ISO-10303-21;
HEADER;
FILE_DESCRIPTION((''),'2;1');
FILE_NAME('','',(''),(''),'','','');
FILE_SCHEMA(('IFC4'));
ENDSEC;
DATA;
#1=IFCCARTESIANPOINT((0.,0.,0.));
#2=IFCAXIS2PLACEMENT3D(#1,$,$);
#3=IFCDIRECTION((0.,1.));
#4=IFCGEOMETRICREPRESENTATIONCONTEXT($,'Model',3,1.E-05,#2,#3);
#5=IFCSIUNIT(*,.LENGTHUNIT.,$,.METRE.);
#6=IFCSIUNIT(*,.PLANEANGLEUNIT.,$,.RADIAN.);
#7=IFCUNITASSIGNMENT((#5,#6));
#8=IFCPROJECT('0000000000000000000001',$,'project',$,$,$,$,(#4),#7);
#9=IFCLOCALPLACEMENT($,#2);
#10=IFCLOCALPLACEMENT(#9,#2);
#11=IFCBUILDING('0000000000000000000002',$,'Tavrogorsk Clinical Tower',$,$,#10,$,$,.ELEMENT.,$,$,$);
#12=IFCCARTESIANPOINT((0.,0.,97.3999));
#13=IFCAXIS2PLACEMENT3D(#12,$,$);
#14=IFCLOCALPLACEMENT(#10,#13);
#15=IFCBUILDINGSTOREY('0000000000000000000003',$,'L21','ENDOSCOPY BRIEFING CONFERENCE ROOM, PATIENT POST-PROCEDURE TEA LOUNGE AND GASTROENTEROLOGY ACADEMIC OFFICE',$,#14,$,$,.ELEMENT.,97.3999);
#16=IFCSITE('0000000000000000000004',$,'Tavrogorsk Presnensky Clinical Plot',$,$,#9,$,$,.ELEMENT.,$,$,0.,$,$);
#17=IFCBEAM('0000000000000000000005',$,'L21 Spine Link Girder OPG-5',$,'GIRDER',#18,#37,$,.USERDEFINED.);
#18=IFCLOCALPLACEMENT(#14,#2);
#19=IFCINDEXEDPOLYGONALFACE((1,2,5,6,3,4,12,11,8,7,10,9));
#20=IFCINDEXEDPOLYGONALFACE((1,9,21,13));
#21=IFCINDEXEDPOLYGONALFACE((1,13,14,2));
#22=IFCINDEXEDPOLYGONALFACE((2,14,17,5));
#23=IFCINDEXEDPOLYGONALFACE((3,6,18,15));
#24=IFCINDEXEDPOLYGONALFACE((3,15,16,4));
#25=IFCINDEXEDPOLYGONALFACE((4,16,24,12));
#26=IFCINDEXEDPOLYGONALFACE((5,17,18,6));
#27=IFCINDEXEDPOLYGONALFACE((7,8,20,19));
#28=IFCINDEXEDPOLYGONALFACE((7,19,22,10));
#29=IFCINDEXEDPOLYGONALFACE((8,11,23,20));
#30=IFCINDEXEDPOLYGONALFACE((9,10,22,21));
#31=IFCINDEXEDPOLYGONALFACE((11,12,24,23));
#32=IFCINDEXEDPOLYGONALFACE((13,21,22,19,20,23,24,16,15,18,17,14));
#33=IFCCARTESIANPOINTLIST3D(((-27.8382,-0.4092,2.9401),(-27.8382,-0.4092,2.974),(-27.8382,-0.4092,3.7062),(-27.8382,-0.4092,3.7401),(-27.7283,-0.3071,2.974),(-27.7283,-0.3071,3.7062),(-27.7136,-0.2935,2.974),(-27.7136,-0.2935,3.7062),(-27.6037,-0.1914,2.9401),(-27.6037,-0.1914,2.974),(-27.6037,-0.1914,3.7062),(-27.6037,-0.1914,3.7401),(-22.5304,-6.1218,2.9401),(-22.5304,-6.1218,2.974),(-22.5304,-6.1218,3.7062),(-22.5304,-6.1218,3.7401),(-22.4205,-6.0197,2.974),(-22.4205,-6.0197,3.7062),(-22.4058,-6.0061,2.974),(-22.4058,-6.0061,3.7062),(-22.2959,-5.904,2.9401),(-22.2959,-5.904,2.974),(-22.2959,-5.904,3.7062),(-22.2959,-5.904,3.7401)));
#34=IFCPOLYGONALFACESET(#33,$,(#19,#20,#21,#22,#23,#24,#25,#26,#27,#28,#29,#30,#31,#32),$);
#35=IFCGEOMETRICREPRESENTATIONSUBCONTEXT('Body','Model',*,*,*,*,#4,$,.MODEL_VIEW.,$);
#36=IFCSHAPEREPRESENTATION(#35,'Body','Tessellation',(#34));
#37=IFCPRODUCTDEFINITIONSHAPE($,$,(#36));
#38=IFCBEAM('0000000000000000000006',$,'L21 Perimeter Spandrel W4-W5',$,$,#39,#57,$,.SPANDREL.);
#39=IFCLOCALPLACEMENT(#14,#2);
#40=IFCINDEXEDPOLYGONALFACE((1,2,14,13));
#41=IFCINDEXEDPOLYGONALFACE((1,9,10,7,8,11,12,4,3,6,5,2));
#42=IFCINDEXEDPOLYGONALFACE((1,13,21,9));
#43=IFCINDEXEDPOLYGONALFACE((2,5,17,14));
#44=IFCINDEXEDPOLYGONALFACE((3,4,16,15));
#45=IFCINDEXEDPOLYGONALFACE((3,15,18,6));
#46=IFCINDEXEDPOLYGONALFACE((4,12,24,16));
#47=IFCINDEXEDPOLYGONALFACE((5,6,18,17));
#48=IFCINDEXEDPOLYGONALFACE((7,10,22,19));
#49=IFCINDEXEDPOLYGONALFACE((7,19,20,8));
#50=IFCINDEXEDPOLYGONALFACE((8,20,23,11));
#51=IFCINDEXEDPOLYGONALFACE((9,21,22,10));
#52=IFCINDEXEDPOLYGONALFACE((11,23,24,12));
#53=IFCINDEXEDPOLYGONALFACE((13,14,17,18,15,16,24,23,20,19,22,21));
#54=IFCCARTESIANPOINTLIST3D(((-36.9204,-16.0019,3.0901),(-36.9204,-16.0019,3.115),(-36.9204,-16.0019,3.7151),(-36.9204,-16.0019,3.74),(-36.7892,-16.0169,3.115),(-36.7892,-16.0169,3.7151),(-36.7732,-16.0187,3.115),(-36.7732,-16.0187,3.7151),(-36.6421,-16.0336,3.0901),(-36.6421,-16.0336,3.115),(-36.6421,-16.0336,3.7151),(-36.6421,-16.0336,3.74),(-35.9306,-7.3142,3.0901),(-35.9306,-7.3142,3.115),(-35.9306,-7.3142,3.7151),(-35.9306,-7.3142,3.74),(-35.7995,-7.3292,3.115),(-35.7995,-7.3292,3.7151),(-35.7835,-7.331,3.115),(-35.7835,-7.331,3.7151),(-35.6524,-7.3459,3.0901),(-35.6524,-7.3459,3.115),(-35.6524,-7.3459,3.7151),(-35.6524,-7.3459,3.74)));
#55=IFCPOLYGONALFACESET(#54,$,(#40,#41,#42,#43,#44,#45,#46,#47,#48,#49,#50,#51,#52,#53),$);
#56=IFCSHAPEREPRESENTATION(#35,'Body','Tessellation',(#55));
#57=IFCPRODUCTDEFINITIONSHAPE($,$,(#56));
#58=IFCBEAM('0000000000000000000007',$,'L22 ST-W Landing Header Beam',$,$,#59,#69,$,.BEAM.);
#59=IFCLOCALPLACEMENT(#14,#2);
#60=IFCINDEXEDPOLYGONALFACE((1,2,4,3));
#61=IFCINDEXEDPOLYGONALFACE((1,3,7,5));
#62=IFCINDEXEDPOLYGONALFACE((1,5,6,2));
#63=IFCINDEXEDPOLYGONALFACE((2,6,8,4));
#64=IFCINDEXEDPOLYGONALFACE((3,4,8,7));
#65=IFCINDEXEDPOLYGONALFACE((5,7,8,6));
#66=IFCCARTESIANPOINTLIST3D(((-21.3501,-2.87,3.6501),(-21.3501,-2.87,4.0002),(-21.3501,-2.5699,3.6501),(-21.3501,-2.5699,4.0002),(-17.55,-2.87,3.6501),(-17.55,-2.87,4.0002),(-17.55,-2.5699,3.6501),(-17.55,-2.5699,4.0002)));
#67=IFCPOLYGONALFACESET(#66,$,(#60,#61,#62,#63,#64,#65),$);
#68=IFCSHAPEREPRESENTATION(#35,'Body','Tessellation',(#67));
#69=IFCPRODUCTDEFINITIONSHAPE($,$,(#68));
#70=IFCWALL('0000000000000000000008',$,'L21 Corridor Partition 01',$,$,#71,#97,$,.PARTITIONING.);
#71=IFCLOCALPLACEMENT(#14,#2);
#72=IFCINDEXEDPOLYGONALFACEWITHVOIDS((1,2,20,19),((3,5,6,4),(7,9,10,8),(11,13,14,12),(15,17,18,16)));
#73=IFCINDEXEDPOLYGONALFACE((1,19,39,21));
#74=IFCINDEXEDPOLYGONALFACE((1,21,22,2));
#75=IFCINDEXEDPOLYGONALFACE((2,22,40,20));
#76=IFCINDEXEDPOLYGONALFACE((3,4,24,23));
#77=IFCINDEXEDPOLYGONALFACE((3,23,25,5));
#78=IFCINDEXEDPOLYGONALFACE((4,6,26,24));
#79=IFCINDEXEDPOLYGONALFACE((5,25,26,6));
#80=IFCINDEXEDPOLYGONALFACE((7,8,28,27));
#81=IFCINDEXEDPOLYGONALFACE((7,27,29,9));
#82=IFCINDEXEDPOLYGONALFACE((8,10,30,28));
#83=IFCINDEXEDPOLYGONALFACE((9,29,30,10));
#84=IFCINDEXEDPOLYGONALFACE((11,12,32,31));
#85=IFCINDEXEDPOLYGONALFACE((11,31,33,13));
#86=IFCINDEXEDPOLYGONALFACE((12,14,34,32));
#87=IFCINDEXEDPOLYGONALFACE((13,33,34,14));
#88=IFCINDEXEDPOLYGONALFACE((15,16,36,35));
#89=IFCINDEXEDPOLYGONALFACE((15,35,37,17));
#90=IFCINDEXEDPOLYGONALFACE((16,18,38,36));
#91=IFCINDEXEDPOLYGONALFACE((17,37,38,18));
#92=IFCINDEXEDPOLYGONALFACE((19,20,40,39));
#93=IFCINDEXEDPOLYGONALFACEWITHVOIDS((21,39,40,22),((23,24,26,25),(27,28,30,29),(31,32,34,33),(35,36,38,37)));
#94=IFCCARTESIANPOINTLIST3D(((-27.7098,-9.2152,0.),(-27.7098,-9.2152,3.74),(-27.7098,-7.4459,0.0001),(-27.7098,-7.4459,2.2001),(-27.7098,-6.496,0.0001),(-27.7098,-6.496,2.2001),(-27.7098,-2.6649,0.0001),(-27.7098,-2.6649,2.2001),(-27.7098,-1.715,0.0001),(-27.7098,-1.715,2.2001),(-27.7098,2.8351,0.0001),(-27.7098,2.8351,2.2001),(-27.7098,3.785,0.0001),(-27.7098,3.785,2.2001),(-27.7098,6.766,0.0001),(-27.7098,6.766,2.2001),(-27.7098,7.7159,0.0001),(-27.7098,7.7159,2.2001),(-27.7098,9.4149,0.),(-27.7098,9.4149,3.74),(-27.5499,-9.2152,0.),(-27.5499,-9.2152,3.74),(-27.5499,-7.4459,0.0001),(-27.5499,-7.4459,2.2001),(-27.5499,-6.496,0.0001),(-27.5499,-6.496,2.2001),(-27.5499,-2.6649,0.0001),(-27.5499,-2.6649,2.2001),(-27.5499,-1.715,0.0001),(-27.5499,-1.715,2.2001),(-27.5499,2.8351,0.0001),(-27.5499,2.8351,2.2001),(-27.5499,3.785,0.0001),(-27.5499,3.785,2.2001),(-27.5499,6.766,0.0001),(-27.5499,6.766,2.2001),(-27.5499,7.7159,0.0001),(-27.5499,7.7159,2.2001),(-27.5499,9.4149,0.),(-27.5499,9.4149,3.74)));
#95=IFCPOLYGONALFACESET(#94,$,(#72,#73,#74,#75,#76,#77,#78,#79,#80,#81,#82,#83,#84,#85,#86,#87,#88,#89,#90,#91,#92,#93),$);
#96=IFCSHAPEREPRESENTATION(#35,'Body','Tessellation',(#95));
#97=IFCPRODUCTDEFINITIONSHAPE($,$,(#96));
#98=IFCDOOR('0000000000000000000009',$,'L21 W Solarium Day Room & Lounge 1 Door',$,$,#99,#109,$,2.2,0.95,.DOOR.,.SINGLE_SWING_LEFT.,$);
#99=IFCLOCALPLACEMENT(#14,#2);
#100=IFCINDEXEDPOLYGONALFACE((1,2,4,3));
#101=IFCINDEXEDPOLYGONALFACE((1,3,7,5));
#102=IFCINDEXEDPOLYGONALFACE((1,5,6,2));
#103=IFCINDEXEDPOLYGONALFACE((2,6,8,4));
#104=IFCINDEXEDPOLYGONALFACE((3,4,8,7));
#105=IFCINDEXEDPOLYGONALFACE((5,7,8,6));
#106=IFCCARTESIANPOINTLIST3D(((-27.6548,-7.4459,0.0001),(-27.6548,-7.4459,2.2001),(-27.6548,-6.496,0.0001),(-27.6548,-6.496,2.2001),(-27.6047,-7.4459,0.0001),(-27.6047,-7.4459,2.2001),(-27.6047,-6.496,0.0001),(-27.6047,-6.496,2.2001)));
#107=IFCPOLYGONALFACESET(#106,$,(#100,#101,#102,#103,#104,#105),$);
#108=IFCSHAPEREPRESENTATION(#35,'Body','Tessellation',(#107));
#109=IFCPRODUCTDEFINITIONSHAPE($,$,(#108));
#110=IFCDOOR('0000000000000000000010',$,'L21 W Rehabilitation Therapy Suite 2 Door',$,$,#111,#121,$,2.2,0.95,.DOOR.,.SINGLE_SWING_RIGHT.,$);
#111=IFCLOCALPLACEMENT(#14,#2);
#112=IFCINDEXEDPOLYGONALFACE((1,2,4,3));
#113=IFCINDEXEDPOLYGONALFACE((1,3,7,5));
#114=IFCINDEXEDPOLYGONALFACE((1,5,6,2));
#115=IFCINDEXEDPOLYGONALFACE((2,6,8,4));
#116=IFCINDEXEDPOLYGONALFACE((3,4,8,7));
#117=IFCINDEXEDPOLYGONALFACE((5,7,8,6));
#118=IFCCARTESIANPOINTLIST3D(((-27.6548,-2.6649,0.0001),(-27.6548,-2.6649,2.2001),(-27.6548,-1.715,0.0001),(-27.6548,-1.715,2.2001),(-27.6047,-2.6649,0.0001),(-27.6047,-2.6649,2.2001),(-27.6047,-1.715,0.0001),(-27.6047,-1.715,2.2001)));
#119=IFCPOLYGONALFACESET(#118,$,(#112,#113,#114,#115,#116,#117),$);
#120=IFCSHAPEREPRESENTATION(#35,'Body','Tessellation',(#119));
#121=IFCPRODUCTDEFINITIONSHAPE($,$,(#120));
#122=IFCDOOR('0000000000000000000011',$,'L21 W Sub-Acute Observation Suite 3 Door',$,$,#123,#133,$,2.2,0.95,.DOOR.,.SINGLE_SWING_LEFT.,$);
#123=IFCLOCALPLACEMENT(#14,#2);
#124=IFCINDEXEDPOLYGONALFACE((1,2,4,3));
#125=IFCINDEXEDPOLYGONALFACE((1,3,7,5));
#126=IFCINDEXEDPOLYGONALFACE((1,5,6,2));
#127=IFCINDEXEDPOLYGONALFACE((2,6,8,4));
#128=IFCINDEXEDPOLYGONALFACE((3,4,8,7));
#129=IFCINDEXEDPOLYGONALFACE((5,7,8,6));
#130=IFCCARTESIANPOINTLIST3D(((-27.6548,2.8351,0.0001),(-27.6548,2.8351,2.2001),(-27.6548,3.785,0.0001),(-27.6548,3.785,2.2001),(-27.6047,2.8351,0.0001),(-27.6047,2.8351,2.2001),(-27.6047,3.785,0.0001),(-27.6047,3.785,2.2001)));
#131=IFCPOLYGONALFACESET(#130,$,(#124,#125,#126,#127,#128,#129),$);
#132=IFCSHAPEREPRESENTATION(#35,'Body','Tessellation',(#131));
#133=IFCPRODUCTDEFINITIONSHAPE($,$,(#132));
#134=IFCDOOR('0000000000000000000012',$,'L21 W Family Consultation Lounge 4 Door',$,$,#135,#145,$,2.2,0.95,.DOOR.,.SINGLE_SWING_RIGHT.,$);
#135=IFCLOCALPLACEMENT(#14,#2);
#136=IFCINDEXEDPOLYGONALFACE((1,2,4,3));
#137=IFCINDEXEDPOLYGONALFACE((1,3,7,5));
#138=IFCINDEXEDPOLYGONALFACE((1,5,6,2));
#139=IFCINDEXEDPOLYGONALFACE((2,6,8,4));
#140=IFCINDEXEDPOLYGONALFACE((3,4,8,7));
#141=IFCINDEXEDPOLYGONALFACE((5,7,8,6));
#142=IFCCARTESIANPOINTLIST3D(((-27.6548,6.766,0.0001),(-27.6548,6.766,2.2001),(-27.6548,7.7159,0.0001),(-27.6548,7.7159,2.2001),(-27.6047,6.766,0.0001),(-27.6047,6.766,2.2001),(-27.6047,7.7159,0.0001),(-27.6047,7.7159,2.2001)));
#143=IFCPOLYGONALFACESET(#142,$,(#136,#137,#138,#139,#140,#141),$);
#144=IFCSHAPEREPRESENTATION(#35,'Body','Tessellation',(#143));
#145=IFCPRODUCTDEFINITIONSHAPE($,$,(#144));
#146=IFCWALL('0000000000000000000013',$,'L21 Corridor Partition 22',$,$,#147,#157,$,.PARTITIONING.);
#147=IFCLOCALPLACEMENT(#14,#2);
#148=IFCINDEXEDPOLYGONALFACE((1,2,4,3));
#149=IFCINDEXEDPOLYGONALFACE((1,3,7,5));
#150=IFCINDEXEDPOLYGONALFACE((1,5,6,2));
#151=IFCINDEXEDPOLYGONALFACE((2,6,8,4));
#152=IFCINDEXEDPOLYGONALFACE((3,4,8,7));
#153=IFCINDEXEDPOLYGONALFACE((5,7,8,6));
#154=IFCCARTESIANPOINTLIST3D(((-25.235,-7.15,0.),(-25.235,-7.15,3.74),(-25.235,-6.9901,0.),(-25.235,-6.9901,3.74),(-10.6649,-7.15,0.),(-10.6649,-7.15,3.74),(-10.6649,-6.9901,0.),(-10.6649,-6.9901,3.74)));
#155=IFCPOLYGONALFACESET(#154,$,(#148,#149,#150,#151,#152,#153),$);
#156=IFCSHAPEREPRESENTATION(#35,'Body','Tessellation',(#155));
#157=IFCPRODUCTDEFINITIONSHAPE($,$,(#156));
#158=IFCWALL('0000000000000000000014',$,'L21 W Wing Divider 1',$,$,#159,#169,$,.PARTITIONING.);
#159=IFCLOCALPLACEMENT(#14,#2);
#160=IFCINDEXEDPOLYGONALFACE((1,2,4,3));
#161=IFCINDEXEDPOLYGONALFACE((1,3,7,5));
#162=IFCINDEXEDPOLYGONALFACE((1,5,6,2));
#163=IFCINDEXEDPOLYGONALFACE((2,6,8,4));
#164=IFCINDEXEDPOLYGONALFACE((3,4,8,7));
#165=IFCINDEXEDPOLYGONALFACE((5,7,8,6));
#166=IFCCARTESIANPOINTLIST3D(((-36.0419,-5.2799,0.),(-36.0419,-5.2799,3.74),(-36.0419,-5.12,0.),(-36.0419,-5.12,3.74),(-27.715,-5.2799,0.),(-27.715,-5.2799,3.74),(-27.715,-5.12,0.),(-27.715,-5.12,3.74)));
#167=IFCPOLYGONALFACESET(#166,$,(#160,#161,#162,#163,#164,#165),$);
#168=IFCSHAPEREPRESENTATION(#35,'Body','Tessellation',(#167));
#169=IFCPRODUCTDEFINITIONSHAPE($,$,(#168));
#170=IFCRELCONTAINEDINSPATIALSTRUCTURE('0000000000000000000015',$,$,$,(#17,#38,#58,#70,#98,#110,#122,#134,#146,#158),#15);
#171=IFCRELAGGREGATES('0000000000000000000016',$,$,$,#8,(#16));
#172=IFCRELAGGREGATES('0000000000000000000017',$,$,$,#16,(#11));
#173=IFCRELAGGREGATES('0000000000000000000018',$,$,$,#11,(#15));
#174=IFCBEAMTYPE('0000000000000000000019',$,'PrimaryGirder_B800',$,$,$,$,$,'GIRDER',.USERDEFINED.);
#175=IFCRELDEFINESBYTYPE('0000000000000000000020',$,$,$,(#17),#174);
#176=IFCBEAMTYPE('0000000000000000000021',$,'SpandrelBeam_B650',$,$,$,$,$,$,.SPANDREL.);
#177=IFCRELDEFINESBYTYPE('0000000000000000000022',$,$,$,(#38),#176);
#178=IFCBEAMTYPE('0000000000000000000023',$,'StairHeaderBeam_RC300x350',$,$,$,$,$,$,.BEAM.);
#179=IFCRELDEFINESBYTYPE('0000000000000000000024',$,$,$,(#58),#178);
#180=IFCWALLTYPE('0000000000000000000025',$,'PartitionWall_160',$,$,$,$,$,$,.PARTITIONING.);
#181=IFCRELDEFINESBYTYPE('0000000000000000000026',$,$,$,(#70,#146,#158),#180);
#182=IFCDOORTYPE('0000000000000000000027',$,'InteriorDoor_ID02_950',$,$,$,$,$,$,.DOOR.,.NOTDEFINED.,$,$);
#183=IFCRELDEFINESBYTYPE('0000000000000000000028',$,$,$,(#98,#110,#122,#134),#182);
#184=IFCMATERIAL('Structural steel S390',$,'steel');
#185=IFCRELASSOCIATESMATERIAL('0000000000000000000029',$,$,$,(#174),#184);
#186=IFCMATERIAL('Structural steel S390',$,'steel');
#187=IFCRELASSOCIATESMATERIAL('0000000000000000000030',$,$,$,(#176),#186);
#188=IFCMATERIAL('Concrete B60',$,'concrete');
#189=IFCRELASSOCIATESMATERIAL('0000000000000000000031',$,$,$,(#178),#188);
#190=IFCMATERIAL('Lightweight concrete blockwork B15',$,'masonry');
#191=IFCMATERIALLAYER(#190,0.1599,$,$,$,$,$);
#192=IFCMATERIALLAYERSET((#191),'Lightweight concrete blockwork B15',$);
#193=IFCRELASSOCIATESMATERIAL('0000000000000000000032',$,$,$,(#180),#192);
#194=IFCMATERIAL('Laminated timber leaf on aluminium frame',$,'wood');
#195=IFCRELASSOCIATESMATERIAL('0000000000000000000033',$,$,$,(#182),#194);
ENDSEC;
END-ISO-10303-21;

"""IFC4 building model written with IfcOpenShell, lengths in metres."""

from ifc_helpers import new_model, si_unit, direction, frame, frame_2d, origin, origin_2d, place, context, subcontext, project, spatial, rectangle, i_section, extrude, material, layer, layer_set, material_profile, profile_set, type_object, element, fill, save


model = new_model("IFC4")

# Units and contexts
model_context = context("Model", 3, precision=1e-05, world=origin(), true_north=direction((0.0, 1.0)))
body_context = subcontext(model_context, "Body", "Model", "MODEL_VIEW")
ifc_project = project(units=[si_unit("LENGTHUNIT", "METRE"), si_unit("PLANEANGLEUNIT", "RADIAN")], contexts=[model_context])

# Site, building, storey
site_placement = place(None, origin())
site = spatial("IfcSite", under=ifc_project, at=site_placement, Name="Tavrogorsk Presnensky Clinical Plot", CompositionType="ELEMENT", RefElevation=0.0)
building_placement = place(site_placement, origin())
building = spatial("IfcBuilding", under=site, at=building_placement, Name="Tavrogorsk Clinical Tower", CompositionType="ELEMENT")
storey_placement = place(building_placement, frame((0.0, 0.0, 97.3999)))
storey = spatial("IfcBuildingStorey", under=building, at=storey_placement, Name="L21", Description="ENDOSCOPY BRIEFING CONFERENCE ROOM, PATIENT POST-PROCEDURE TEA LOUNGE AND GASTROENTEROLOGY ACADEMIC OFFICE", CompositionType="ELEMENT", Elevation=97.3999)

# Beams
ifc_material_1 = material(Name="Structural steel S390", Category="steel")
ifc_material_profile_1 = material_profile(ifc_material_1, i_section(OverallWidth=0.3201, OverallDepth=0.8, WebThickness=0.02, FlangeThickness=0.0339, at=origin_2d()), Name="B-800x320x20x34")
ifc_profile_set_1 = profile_set([ifc_material_profile_1], Name="Structural steel S390")
beam_type_1 = type_object("IfcBeamType", Name="PrimaryGirder_B800", ElementType="GIRDER", PredefinedType="USERDEFINED", material=ifc_profile_set_1)
beam_1_placement = place(storey_placement, frame((-27.7209, -0.3003, 3.3401), z_axis=(0.680676, -0.732585, 0.0), x_axis=(0.732585, 0.680676, 0.0)))
element("IfcBeam", 1, at=beam_1_placement, inside=storey, type_object=beam_type_1, Name="L21 Spine Link Girder OPG-5", ObjectType="GIRDER", PredefinedType="USERDEFINED", context=body_context, shape_type="SweptSolid", body=[
    extrude(i_section(OverallWidth=0.3201, OverallDepth=0.8, WebThickness=0.02, FlangeThickness=0.0339, at=origin_2d()), origin(), (0.0, 0.0, 1.0), 7.7979),
])
ifc_material_2 = material(Name="Structural steel S390", Category="steel")
ifc_material_profile_2 = material_profile(ifc_material_2, i_section(OverallWidth=0.28, OverallDepth=0.6499, WebThickness=0.0161, FlangeThickness=0.0249, at=origin_2d()), Name="B-650x280x16x25")
ifc_profile_set_2 = profile_set([ifc_material_profile_2], Name="Structural steel S390")
beam_type_2 = type_object("IfcBeamType", Name="SpandrelBeam_B650", PredefinedType="SPANDREL", material=ifc_profile_set_2)
beam_2_placement = place(storey_placement, frame((-35.7915, -7.3301, 3.415), z_axis=(-0.113192, -0.993573, 0.0), x_axis=(0.993573, -0.113192, 0.0)))
element("IfcBeam", 2, at=beam_2_placement, inside=storey, type_object=beam_type_2, Name="L21 Perimeter Spandrel W4-W5", PredefinedType="SPANDREL", context=body_context, shape_type="SweptSolid", body=[
    extrude(i_section(OverallWidth=0.28, OverallDepth=0.6499, WebThickness=0.0161, FlangeThickness=0.0249, at=origin_2d()), origin(), (0.0, 0.0, 1.0), 8.7439),
])
ifc_material_3 = material(Name="Concrete B60", Category="concrete")
ifc_material_profile_3 = material_profile(ifc_material_3, rectangle(XDim=0.3, YDim=0.3501, at=origin_2d()), Name="RC-SHB-300x350")
ifc_profile_set_3 = profile_set([ifc_material_profile_3], Name="Concrete B60")
beam_type_3 = type_object("IfcBeamType", Name="StairHeaderBeam_RC300x350", PredefinedType="BEAM", material=ifc_profile_set_3)
beam_3_placement = place(storey_placement, frame((-21.3501, -2.72, 3.8252), z_axis=(1.0, 0.0, 0.0), x_axis=(0.0, 1.0, 0.0)))
element("IfcBeam", 3, at=beam_3_placement, inside=storey, type_object=beam_type_3, Name="L22 ST-W Landing Header Beam", PredefinedType="BEAM", context=body_context, shape_type="SweptSolid", body=[
    extrude(rectangle(XDim=0.3, YDim=0.3501, at=origin_2d()), origin(), (0.0, 0.0, 1.0), 3.8),
])

# Wall, openings, doors
ifc_material_4 = material(Name="Lightweight concrete blockwork B15", Category="masonry")
ifc_layer_1 = layer(ifc_material_4, 0.1599)
ifc_layer_set_1 = layer_set([ifc_layer_1], Name="Lightweight concrete blockwork B15")
wall_type_1 = type_object("IfcWallType", Name="PartitionWall_160", PredefinedType="PARTITIONING", material=ifc_layer_set_1)
wall_1_placement = place(storey_placement, frame((-27.6299, -9.2151, 0.0), z_axis=(0.0, 0.0, 1.0), x_axis=(0.0, 1.0, 0.0)))
wall_1 = element("IfcWall", 4, at=wall_1_placement, inside=storey, type_object=wall_type_1, Name="L21 Corridor Partition 01", PredefinedType="PARTITIONING", context=body_context, shape_type="SweptSolid", body=[
    extrude(rectangle(XDim=18.6301, YDim=0.1599, at=frame_2d((9.3149, 0.0))), origin(), (0.0, 0.0, 1.0), 3.74),
])
opening_1_placement = place(wall_1_placement, frame((1.769, 0.0, 0.0)))
opening_1 = element("IfcOpeningElement", 5, at=opening_1_placement, cuts=wall_1, PredefinedType="OPENING", context=body_context, shape_type="SweptSolid", body=[
    extrude(rectangle(XDim=0.95, YDim=2.2, at=frame_2d((0.4751, 1.1001))), frame((0.0, 0.0898, 0.0), z_axis=(0.0, -1.0, 0.0), x_axis=(1.0, 0.0, 0.0)), (0.0, 0.0, 1.0), 0.1799),
])
opening_2_placement = place(wall_1_placement, frame((6.55, 0.0, 0.0)))
opening_2 = element("IfcOpeningElement", 6, at=opening_2_placement, cuts=wall_1, PredefinedType="OPENING", context=body_context, shape_type="SweptSolid", body=[
    extrude(rectangle(XDim=0.95, YDim=2.2, at=frame_2d((0.4751, 1.1001))), frame((0.0, 0.0898, 0.0), z_axis=(0.0, -1.0, 0.0), x_axis=(1.0, 0.0, 0.0)), (0.0, 0.0, 1.0), 0.1799),
])
opening_3_placement = place(wall_1_placement, frame((12.05, 0.0, 0.0)))
opening_3 = element("IfcOpeningElement", 7, at=opening_3_placement, cuts=wall_1, PredefinedType="OPENING", context=body_context, shape_type="SweptSolid", body=[
    extrude(rectangle(XDim=0.95, YDim=2.2, at=frame_2d((0.4751, 1.1001))), frame((0.0, 0.0898, 0.0), z_axis=(0.0, -1.0, 0.0), x_axis=(1.0, 0.0, 0.0)), (0.0, 0.0, 1.0), 0.1799),
])
opening_4_placement = place(wall_1_placement, frame((15.981, 0.0, 0.0)))
opening_4 = element("IfcOpeningElement", 8, at=opening_4_placement, cuts=wall_1, PredefinedType="OPENING", context=body_context, shape_type="SweptSolid", body=[
    extrude(rectangle(XDim=0.95, YDim=2.2, at=frame_2d((0.4751, 1.1001))), frame((0.0, 0.0898, 0.0), z_axis=(0.0, -1.0, 0.0), x_axis=(1.0, 0.0, 0.0)), (0.0, 0.0, 1.0), 0.1799),
])
ifc_material_5 = material(Name="Laminated timber leaf on aluminium frame", Category="wood")
door_type = type_object("IfcDoorType", Name="InteriorDoor_ID02_950", OperationType="NOTDEFINED", PredefinedType="DOOR", material=ifc_material_5)
door_1_placement = place(opening_1_placement, origin())
door_1 = element("IfcDoor", 9, at=door_1_placement, inside=storey, type_object=door_type, Name="L21 W Solarium Day Room & Lounge 1 Door", OperationType="SINGLE_SWING_LEFT", OverallHeight=2.2, OverallWidth=0.95, PredefinedType="DOOR", context=body_context, shape_type="SweptSolid", body=[
    extrude(rectangle(XDim=0.95, YDim=2.2, at=frame_2d((0.4751, 1.1001))), frame((0.0, 0.0249, 0.0), z_axis=(0.0, -1.0, 0.0), x_axis=(1.0, 0.0, 0.0)), (0.0, 0.0, 1.0), 0.05),
])
fill(opening_1, door_1)
door_2_placement = place(opening_2_placement, origin())
door_2 = element("IfcDoor", 10, at=door_2_placement, inside=storey, type_object=door_type, Name="L21 W Rehabilitation Therapy Suite 2 Door", OperationType="SINGLE_SWING_RIGHT", OverallHeight=2.2, OverallWidth=0.95, PredefinedType="DOOR", context=body_context, shape_type="SweptSolid", body=[
    extrude(rectangle(XDim=0.95, YDim=2.2, at=frame_2d((0.4751, 1.1001))), frame((0.0, 0.0249, 0.0), z_axis=(0.0, -1.0, 0.0), x_axis=(1.0, 0.0, 0.0)), (0.0, 0.0, 1.0), 0.05),
])
fill(opening_2, door_2)
door_3_placement = place(opening_3_placement, origin())
door_3 = element("IfcDoor", 11, at=door_3_placement, inside=storey, type_object=door_type, Name="L21 W Sub-Acute Observation Suite 3 Door", OperationType="SINGLE_SWING_LEFT", OverallHeight=2.2, OverallWidth=0.95, PredefinedType="DOOR", context=body_context, shape_type="SweptSolid", body=[
    extrude(rectangle(XDim=0.95, YDim=2.2, at=frame_2d((0.4751, 1.1001))), frame((0.0, 0.0249, 0.0), z_axis=(0.0, -1.0, 0.0), x_axis=(1.0, 0.0, 0.0)), (0.0, 0.0, 1.0), 0.05),
])
fill(opening_3, door_3)
door_4_placement = place(opening_4_placement, origin())
door_4 = element("IfcDoor", 12, at=door_4_placement, inside=storey, type_object=door_type, Name="L21 W Family Consultation Lounge 4 Door", OperationType="SINGLE_SWING_RIGHT", OverallHeight=2.2, OverallWidth=0.95, PredefinedType="DOOR", context=body_context, shape_type="SweptSolid", body=[
    extrude(rectangle(XDim=0.95, YDim=2.2, at=frame_2d((0.4751, 1.1001))), frame((0.0, 0.0249, 0.0), z_axis=(0.0, -1.0, 0.0), x_axis=(1.0, 0.0, 0.0)), (0.0, 0.0, 1.0), 0.05),
])
fill(opening_4, door_4)

# Walls
wall_2_placement = place(storey_placement, frame((-25.2351, -7.0701, 0.0), z_axis=(0.0, 0.0, 1.0), x_axis=(1.0, 0.0, 0.0)))
element("IfcWall", 13, at=wall_2_placement, inside=storey, type_object=wall_type_1, Name="L21 Corridor Partition 22", PredefinedType="PARTITIONING", context=body_context, shape_type="SweptSolid", body=[
    extrude(rectangle(XDim=14.5701, YDim=0.1599, at=frame_2d((7.2852, 0.0))), origin(), (0.0, 0.0, 1.0), 3.74),
])
wall_3_placement = place(storey_placement, frame((-36.042, -5.2, 0.0), z_axis=(0.0, 0.0, 1.0), x_axis=(1.0, 0.0, 0.0)))
element("IfcWall", 14, at=wall_3_placement, inside=storey, type_object=wall_type_1, Name="L21 W Wing Divider 1", PredefinedType="PARTITIONING", context=body_context, shape_type="SweptSolid", body=[
    extrude(rectangle(XDim=8.3269, YDim=0.1599, at=frame_2d((4.1636, 0.0))), origin(), (0.0, 0.0, 1.0), 3.74),
])

save(model, "model.ifc")
